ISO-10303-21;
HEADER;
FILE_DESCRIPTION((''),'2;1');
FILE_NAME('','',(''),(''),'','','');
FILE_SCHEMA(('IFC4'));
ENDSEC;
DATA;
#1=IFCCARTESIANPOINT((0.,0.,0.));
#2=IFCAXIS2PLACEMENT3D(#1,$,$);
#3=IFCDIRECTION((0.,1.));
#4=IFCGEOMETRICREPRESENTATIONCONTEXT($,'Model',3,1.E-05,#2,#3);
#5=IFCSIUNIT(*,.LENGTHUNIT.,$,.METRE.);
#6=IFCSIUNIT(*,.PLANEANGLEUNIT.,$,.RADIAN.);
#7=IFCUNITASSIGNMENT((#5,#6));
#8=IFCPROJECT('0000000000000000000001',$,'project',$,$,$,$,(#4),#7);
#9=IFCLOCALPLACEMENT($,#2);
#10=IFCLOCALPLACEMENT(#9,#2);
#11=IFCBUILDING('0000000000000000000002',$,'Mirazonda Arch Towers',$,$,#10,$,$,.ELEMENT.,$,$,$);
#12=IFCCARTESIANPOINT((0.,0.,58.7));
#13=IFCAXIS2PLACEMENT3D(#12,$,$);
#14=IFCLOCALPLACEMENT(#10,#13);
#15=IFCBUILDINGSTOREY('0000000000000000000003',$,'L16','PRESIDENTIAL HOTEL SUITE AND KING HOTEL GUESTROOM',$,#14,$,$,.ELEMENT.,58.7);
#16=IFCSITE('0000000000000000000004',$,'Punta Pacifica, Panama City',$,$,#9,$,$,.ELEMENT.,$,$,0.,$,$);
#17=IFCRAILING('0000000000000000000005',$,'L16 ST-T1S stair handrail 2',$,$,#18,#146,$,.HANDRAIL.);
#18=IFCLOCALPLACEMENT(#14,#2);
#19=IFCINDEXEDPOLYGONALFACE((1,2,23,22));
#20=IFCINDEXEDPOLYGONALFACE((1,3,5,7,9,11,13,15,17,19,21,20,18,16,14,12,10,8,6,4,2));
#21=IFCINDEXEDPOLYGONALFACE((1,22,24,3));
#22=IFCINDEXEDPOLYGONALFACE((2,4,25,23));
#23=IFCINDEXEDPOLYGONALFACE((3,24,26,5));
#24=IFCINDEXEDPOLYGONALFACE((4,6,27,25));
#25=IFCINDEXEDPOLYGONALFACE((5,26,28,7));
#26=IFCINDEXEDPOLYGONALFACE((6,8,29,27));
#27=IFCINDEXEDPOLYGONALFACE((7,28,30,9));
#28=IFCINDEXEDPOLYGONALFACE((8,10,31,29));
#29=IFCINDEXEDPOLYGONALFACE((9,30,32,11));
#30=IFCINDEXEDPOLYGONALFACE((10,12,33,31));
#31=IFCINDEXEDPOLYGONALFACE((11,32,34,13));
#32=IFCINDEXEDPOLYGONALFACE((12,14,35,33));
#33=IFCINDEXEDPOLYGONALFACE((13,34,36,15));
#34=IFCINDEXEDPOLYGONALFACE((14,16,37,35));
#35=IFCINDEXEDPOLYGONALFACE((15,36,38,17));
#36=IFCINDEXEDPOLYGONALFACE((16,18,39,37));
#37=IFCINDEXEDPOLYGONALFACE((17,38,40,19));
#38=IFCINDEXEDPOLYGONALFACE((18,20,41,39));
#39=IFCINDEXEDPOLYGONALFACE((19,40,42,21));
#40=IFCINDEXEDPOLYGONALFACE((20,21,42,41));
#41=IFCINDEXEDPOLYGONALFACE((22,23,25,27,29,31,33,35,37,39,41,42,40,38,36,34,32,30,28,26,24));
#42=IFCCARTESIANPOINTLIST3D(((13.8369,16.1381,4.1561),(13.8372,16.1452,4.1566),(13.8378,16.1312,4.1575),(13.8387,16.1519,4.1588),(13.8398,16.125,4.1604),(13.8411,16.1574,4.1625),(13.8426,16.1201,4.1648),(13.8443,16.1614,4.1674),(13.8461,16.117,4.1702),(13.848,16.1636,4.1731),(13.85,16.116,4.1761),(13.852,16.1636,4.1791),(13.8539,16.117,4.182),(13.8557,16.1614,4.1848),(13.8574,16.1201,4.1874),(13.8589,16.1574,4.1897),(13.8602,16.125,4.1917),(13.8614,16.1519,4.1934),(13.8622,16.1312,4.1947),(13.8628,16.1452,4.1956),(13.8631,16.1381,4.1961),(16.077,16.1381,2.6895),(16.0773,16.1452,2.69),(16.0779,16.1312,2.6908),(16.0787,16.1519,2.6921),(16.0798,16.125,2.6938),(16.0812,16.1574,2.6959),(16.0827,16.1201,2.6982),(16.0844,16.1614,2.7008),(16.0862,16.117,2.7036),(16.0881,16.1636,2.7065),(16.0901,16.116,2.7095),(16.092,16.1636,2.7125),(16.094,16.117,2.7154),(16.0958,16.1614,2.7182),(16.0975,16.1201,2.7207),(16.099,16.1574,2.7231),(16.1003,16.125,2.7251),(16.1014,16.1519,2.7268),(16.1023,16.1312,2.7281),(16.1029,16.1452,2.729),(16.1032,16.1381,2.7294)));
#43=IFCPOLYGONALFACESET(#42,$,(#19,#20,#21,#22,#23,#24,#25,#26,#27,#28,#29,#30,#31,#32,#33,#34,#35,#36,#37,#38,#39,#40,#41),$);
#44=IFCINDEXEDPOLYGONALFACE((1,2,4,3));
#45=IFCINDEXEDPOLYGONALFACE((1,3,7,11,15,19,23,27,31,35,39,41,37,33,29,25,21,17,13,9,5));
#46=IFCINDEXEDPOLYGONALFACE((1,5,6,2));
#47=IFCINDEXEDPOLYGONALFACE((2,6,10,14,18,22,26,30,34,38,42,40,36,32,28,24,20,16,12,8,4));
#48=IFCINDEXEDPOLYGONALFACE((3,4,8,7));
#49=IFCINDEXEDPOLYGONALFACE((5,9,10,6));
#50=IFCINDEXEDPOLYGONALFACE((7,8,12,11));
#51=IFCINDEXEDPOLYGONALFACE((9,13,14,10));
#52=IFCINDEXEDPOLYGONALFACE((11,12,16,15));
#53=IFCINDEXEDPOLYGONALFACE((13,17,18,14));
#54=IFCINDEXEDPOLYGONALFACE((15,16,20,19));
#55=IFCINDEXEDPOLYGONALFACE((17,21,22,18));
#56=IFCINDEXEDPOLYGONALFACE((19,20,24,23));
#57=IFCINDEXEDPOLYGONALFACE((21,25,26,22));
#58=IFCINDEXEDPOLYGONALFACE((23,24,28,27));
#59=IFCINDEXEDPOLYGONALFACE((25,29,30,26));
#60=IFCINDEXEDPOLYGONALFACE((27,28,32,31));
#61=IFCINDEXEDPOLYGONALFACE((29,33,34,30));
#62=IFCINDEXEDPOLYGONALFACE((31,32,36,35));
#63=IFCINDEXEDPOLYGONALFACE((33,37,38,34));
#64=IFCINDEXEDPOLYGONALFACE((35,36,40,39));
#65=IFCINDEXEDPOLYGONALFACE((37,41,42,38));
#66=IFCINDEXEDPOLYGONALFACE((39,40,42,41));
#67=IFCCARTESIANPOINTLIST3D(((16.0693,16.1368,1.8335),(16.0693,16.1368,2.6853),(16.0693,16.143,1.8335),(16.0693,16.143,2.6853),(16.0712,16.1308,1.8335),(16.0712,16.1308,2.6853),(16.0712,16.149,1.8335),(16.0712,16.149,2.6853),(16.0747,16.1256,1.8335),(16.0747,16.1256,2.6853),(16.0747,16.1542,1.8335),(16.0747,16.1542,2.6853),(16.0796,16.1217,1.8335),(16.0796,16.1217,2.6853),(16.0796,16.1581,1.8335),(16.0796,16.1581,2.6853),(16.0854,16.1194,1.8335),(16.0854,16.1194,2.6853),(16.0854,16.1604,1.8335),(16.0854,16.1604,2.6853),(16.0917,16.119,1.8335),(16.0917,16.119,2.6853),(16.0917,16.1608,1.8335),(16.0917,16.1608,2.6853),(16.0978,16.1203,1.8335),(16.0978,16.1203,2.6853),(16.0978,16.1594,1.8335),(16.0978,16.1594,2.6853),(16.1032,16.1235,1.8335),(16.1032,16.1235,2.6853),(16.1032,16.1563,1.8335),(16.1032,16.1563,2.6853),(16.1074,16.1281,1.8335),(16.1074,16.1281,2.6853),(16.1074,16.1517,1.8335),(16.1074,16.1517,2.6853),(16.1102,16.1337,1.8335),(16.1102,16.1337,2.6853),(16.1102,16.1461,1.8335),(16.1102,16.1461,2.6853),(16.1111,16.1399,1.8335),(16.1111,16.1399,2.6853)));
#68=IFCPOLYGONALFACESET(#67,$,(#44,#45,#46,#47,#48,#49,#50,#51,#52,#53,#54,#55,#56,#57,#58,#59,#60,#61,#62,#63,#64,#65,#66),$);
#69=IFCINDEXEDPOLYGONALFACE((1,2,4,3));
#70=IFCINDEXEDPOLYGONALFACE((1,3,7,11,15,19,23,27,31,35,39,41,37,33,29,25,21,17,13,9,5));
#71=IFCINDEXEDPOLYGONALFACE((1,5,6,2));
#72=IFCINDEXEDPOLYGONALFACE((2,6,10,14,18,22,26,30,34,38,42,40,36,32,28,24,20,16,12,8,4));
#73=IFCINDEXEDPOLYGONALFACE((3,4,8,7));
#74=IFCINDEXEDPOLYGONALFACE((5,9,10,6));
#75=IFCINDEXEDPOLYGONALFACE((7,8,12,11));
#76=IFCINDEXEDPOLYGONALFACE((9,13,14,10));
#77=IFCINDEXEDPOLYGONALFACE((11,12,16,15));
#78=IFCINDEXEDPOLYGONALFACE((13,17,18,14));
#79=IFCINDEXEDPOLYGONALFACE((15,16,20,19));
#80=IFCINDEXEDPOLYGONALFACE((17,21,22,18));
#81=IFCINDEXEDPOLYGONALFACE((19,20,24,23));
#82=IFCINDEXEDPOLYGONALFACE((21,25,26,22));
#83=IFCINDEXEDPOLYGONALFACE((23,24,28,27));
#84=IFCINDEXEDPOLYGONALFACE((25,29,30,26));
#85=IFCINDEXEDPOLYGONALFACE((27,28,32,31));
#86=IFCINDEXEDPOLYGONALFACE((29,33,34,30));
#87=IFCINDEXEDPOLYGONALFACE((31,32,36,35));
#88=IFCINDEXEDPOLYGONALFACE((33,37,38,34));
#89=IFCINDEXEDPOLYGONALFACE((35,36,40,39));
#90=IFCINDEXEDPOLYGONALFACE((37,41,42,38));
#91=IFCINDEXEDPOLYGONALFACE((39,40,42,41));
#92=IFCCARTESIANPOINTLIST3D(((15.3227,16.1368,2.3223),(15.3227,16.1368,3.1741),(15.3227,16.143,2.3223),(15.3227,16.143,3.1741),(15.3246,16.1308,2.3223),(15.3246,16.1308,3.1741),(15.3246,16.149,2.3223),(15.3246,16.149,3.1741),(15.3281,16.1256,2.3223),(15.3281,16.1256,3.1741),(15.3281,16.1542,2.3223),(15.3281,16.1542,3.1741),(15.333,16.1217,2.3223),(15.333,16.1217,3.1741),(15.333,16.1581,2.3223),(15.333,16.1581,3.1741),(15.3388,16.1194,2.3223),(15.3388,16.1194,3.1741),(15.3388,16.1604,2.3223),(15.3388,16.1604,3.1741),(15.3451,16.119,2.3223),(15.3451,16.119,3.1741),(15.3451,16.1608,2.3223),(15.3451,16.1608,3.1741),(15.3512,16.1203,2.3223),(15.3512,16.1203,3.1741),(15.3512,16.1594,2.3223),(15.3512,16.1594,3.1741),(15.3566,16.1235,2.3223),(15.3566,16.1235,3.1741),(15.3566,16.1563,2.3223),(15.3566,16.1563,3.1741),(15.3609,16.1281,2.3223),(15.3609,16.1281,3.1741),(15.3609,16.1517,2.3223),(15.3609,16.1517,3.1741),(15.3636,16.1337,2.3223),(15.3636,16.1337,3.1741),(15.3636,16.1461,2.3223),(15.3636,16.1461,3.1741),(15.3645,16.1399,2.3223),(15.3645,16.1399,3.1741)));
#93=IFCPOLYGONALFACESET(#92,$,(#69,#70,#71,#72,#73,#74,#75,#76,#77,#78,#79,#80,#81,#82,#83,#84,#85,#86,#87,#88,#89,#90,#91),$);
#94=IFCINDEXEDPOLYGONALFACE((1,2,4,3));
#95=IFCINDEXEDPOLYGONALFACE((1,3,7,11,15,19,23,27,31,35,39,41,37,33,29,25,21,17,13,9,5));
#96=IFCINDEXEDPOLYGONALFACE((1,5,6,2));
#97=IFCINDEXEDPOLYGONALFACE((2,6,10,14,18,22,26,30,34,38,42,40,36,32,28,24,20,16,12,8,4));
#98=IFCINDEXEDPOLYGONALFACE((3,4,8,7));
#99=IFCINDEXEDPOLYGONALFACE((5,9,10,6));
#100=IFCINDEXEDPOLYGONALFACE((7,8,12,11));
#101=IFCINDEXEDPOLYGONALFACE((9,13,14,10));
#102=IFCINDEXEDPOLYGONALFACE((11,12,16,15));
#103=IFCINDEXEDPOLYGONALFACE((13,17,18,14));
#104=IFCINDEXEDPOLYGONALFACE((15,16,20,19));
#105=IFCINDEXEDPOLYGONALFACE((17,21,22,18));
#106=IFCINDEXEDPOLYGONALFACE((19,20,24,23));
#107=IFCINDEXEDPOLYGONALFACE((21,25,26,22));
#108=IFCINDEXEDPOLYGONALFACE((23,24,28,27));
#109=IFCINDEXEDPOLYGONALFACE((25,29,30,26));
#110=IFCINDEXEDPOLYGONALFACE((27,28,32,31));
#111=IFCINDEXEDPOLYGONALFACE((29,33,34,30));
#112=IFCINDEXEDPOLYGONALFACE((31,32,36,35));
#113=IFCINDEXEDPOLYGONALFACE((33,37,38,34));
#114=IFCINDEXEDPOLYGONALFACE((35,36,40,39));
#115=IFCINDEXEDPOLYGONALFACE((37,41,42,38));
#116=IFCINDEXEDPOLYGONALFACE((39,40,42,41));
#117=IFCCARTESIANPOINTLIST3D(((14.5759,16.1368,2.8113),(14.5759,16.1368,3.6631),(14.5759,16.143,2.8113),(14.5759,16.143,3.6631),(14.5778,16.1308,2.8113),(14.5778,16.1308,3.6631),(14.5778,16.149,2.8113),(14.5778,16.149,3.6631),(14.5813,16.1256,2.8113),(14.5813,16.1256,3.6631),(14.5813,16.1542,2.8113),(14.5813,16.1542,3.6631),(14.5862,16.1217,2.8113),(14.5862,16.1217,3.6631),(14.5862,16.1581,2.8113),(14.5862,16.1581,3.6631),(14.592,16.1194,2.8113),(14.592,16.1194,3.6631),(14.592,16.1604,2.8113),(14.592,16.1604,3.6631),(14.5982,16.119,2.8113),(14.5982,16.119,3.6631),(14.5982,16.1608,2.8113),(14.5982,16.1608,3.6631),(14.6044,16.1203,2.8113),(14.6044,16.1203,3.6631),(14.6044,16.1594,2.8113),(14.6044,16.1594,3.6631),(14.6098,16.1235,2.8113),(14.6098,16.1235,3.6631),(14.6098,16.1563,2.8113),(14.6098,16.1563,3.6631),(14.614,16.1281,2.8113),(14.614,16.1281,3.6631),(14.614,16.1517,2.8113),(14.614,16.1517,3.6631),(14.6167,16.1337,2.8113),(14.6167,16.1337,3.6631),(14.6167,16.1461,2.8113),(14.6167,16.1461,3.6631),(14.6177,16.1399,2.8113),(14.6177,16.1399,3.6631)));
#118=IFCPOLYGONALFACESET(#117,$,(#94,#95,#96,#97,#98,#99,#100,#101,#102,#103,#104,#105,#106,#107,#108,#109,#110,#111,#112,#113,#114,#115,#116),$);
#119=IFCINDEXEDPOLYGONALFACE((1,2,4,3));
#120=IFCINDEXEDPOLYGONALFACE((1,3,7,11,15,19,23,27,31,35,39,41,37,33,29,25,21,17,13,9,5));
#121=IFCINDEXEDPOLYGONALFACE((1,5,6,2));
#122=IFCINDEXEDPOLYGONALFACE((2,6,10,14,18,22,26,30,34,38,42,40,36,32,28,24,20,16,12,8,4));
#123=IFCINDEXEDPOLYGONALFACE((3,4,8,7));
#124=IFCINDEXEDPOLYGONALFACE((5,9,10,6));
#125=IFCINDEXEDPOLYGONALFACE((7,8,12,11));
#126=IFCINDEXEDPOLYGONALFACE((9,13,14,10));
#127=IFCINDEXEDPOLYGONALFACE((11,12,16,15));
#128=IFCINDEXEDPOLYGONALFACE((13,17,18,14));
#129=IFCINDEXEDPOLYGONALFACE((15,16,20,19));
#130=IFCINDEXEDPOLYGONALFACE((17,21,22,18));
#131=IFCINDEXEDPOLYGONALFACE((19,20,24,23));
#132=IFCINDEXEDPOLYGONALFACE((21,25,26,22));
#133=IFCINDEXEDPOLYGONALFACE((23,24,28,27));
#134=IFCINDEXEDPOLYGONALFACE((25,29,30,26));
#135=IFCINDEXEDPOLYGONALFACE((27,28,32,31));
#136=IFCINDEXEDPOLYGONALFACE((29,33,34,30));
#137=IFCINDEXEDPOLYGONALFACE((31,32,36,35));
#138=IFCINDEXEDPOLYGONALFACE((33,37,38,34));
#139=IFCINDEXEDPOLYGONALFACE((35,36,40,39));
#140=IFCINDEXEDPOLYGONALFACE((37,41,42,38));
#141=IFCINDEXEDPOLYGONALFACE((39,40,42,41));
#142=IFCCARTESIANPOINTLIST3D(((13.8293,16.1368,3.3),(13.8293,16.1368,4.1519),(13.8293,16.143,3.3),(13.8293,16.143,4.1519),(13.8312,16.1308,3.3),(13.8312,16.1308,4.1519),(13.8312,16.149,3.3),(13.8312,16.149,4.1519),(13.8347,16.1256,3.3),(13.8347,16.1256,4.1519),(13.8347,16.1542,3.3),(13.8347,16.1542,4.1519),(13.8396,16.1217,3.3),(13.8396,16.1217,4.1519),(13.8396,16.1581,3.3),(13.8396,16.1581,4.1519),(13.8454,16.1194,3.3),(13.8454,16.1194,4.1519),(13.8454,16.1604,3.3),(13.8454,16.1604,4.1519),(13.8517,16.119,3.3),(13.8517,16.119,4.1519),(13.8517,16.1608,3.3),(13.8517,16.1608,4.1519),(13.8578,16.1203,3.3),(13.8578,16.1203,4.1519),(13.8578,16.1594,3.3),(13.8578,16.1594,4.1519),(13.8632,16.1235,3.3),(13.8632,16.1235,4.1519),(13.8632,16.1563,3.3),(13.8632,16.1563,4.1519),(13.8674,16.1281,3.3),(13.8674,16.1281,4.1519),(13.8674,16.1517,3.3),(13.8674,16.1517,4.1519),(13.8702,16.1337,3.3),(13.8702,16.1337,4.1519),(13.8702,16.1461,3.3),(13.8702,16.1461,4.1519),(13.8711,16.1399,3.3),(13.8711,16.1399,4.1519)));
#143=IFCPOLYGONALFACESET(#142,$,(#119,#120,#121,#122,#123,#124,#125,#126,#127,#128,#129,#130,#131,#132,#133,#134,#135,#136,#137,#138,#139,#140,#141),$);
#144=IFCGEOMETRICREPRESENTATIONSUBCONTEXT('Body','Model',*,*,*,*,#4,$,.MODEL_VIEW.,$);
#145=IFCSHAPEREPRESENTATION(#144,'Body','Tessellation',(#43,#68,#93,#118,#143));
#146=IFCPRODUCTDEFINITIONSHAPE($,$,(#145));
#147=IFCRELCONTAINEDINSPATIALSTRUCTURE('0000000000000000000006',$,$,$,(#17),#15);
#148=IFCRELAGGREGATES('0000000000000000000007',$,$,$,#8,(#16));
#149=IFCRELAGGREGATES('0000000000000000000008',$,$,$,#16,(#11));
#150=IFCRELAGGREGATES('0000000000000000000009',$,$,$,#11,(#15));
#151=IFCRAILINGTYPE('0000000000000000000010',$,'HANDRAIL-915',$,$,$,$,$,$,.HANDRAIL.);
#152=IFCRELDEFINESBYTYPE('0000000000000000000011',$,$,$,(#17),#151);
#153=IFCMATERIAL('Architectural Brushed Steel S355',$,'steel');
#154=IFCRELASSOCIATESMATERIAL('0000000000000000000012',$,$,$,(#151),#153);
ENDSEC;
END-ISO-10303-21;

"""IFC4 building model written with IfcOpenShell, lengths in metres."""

from ifc_helpers import new_model, si_unit, direction, frame, origin, origin_2d, place, context, subcontext, project, spatial, circle, extrude, material, type_object, element, save


model = new_model("IFC4")

# Units and contexts
model_context = context("Model", 3, precision=1e-05, world=origin(), true_north=direction((0.0, 1.0)))
body_context = subcontext(model_context, "Body", "Model", "MODEL_VIEW")
ifc_project = project(units=[si_unit("LENGTHUNIT", "METRE"), si_unit("PLANEANGLEUNIT", "RADIAN")], contexts=[model_context])

# Site, building, storey
site_placement = place(None, origin())
site = spatial("IfcSite", under=ifc_project, at=site_placement, Name="Punta Pacifica, Panama City", CompositionType="ELEMENT", RefElevation=0.0)
building_placement = place(site_placement, origin())
building = spatial("IfcBuilding", under=site, at=building_placement, Name="Mirazonda Arch Towers", CompositionType="ELEMENT")
storey_placement = place(building_placement, frame((0.0, 0.0, 58.7)))
storey = spatial("IfcBuildingStorey", under=building, at=storey_placement, Name="L16", Description="PRESIDENTIAL HOTEL SUITE AND KING HOTEL GUESTROOM", CompositionType="ELEMENT", Elevation=58.7)

# Railing
ifc_material_1 = material(Name="Architectural Brushed Steel S355", Category="steel")
railing_type_1 = type_object("IfcRailingType", Name="HANDRAIL-915", PredefinedType="HANDRAIL", material=ifc_material_1)
railing_1_placement = place(storey_placement, frame((16.0901, 16.1399, 1.8335)))
element("IfcRailing", 1, at=railing_1_placement, inside=storey, type_object=railing_type_1, Name="L16 ST-T1S stair handrail 2", PredefinedType="HANDRAIL", context=body_context, shape_type="SweptSolid", body=[
    extrude(circle(Radius=0.0239, at=origin_2d()), frame((0.0, 0.0, 0.876), z_axis=(-0.836637, 0.0, 0.547758), x_axis=(0.0, -1.0, 0.0)), (0.0, 0.0, 1.0), 2.6775),
    extrude(circle(Radius=0.021, at=origin_2d()), origin(), (0.0, 0.0, 1.0), 0.8518),
    extrude(circle(Radius=0.021, at=origin_2d()), frame((-0.7466, 0.0, 0.4888)), (0.0, 0.0, 1.0), 0.8518),
    extrude(circle(Radius=0.021, at=origin_2d()), frame((-1.4934, 0.0, 0.9778)), (0.0, 0.0, 1.0), 0.8518),
    extrude(circle(Radius=0.021, at=origin_2d()), frame((-2.24, 0.0, 1.4666)), (0.0, 0.0, 1.0), 0.8518),
])

save(model, "model.ifc")
